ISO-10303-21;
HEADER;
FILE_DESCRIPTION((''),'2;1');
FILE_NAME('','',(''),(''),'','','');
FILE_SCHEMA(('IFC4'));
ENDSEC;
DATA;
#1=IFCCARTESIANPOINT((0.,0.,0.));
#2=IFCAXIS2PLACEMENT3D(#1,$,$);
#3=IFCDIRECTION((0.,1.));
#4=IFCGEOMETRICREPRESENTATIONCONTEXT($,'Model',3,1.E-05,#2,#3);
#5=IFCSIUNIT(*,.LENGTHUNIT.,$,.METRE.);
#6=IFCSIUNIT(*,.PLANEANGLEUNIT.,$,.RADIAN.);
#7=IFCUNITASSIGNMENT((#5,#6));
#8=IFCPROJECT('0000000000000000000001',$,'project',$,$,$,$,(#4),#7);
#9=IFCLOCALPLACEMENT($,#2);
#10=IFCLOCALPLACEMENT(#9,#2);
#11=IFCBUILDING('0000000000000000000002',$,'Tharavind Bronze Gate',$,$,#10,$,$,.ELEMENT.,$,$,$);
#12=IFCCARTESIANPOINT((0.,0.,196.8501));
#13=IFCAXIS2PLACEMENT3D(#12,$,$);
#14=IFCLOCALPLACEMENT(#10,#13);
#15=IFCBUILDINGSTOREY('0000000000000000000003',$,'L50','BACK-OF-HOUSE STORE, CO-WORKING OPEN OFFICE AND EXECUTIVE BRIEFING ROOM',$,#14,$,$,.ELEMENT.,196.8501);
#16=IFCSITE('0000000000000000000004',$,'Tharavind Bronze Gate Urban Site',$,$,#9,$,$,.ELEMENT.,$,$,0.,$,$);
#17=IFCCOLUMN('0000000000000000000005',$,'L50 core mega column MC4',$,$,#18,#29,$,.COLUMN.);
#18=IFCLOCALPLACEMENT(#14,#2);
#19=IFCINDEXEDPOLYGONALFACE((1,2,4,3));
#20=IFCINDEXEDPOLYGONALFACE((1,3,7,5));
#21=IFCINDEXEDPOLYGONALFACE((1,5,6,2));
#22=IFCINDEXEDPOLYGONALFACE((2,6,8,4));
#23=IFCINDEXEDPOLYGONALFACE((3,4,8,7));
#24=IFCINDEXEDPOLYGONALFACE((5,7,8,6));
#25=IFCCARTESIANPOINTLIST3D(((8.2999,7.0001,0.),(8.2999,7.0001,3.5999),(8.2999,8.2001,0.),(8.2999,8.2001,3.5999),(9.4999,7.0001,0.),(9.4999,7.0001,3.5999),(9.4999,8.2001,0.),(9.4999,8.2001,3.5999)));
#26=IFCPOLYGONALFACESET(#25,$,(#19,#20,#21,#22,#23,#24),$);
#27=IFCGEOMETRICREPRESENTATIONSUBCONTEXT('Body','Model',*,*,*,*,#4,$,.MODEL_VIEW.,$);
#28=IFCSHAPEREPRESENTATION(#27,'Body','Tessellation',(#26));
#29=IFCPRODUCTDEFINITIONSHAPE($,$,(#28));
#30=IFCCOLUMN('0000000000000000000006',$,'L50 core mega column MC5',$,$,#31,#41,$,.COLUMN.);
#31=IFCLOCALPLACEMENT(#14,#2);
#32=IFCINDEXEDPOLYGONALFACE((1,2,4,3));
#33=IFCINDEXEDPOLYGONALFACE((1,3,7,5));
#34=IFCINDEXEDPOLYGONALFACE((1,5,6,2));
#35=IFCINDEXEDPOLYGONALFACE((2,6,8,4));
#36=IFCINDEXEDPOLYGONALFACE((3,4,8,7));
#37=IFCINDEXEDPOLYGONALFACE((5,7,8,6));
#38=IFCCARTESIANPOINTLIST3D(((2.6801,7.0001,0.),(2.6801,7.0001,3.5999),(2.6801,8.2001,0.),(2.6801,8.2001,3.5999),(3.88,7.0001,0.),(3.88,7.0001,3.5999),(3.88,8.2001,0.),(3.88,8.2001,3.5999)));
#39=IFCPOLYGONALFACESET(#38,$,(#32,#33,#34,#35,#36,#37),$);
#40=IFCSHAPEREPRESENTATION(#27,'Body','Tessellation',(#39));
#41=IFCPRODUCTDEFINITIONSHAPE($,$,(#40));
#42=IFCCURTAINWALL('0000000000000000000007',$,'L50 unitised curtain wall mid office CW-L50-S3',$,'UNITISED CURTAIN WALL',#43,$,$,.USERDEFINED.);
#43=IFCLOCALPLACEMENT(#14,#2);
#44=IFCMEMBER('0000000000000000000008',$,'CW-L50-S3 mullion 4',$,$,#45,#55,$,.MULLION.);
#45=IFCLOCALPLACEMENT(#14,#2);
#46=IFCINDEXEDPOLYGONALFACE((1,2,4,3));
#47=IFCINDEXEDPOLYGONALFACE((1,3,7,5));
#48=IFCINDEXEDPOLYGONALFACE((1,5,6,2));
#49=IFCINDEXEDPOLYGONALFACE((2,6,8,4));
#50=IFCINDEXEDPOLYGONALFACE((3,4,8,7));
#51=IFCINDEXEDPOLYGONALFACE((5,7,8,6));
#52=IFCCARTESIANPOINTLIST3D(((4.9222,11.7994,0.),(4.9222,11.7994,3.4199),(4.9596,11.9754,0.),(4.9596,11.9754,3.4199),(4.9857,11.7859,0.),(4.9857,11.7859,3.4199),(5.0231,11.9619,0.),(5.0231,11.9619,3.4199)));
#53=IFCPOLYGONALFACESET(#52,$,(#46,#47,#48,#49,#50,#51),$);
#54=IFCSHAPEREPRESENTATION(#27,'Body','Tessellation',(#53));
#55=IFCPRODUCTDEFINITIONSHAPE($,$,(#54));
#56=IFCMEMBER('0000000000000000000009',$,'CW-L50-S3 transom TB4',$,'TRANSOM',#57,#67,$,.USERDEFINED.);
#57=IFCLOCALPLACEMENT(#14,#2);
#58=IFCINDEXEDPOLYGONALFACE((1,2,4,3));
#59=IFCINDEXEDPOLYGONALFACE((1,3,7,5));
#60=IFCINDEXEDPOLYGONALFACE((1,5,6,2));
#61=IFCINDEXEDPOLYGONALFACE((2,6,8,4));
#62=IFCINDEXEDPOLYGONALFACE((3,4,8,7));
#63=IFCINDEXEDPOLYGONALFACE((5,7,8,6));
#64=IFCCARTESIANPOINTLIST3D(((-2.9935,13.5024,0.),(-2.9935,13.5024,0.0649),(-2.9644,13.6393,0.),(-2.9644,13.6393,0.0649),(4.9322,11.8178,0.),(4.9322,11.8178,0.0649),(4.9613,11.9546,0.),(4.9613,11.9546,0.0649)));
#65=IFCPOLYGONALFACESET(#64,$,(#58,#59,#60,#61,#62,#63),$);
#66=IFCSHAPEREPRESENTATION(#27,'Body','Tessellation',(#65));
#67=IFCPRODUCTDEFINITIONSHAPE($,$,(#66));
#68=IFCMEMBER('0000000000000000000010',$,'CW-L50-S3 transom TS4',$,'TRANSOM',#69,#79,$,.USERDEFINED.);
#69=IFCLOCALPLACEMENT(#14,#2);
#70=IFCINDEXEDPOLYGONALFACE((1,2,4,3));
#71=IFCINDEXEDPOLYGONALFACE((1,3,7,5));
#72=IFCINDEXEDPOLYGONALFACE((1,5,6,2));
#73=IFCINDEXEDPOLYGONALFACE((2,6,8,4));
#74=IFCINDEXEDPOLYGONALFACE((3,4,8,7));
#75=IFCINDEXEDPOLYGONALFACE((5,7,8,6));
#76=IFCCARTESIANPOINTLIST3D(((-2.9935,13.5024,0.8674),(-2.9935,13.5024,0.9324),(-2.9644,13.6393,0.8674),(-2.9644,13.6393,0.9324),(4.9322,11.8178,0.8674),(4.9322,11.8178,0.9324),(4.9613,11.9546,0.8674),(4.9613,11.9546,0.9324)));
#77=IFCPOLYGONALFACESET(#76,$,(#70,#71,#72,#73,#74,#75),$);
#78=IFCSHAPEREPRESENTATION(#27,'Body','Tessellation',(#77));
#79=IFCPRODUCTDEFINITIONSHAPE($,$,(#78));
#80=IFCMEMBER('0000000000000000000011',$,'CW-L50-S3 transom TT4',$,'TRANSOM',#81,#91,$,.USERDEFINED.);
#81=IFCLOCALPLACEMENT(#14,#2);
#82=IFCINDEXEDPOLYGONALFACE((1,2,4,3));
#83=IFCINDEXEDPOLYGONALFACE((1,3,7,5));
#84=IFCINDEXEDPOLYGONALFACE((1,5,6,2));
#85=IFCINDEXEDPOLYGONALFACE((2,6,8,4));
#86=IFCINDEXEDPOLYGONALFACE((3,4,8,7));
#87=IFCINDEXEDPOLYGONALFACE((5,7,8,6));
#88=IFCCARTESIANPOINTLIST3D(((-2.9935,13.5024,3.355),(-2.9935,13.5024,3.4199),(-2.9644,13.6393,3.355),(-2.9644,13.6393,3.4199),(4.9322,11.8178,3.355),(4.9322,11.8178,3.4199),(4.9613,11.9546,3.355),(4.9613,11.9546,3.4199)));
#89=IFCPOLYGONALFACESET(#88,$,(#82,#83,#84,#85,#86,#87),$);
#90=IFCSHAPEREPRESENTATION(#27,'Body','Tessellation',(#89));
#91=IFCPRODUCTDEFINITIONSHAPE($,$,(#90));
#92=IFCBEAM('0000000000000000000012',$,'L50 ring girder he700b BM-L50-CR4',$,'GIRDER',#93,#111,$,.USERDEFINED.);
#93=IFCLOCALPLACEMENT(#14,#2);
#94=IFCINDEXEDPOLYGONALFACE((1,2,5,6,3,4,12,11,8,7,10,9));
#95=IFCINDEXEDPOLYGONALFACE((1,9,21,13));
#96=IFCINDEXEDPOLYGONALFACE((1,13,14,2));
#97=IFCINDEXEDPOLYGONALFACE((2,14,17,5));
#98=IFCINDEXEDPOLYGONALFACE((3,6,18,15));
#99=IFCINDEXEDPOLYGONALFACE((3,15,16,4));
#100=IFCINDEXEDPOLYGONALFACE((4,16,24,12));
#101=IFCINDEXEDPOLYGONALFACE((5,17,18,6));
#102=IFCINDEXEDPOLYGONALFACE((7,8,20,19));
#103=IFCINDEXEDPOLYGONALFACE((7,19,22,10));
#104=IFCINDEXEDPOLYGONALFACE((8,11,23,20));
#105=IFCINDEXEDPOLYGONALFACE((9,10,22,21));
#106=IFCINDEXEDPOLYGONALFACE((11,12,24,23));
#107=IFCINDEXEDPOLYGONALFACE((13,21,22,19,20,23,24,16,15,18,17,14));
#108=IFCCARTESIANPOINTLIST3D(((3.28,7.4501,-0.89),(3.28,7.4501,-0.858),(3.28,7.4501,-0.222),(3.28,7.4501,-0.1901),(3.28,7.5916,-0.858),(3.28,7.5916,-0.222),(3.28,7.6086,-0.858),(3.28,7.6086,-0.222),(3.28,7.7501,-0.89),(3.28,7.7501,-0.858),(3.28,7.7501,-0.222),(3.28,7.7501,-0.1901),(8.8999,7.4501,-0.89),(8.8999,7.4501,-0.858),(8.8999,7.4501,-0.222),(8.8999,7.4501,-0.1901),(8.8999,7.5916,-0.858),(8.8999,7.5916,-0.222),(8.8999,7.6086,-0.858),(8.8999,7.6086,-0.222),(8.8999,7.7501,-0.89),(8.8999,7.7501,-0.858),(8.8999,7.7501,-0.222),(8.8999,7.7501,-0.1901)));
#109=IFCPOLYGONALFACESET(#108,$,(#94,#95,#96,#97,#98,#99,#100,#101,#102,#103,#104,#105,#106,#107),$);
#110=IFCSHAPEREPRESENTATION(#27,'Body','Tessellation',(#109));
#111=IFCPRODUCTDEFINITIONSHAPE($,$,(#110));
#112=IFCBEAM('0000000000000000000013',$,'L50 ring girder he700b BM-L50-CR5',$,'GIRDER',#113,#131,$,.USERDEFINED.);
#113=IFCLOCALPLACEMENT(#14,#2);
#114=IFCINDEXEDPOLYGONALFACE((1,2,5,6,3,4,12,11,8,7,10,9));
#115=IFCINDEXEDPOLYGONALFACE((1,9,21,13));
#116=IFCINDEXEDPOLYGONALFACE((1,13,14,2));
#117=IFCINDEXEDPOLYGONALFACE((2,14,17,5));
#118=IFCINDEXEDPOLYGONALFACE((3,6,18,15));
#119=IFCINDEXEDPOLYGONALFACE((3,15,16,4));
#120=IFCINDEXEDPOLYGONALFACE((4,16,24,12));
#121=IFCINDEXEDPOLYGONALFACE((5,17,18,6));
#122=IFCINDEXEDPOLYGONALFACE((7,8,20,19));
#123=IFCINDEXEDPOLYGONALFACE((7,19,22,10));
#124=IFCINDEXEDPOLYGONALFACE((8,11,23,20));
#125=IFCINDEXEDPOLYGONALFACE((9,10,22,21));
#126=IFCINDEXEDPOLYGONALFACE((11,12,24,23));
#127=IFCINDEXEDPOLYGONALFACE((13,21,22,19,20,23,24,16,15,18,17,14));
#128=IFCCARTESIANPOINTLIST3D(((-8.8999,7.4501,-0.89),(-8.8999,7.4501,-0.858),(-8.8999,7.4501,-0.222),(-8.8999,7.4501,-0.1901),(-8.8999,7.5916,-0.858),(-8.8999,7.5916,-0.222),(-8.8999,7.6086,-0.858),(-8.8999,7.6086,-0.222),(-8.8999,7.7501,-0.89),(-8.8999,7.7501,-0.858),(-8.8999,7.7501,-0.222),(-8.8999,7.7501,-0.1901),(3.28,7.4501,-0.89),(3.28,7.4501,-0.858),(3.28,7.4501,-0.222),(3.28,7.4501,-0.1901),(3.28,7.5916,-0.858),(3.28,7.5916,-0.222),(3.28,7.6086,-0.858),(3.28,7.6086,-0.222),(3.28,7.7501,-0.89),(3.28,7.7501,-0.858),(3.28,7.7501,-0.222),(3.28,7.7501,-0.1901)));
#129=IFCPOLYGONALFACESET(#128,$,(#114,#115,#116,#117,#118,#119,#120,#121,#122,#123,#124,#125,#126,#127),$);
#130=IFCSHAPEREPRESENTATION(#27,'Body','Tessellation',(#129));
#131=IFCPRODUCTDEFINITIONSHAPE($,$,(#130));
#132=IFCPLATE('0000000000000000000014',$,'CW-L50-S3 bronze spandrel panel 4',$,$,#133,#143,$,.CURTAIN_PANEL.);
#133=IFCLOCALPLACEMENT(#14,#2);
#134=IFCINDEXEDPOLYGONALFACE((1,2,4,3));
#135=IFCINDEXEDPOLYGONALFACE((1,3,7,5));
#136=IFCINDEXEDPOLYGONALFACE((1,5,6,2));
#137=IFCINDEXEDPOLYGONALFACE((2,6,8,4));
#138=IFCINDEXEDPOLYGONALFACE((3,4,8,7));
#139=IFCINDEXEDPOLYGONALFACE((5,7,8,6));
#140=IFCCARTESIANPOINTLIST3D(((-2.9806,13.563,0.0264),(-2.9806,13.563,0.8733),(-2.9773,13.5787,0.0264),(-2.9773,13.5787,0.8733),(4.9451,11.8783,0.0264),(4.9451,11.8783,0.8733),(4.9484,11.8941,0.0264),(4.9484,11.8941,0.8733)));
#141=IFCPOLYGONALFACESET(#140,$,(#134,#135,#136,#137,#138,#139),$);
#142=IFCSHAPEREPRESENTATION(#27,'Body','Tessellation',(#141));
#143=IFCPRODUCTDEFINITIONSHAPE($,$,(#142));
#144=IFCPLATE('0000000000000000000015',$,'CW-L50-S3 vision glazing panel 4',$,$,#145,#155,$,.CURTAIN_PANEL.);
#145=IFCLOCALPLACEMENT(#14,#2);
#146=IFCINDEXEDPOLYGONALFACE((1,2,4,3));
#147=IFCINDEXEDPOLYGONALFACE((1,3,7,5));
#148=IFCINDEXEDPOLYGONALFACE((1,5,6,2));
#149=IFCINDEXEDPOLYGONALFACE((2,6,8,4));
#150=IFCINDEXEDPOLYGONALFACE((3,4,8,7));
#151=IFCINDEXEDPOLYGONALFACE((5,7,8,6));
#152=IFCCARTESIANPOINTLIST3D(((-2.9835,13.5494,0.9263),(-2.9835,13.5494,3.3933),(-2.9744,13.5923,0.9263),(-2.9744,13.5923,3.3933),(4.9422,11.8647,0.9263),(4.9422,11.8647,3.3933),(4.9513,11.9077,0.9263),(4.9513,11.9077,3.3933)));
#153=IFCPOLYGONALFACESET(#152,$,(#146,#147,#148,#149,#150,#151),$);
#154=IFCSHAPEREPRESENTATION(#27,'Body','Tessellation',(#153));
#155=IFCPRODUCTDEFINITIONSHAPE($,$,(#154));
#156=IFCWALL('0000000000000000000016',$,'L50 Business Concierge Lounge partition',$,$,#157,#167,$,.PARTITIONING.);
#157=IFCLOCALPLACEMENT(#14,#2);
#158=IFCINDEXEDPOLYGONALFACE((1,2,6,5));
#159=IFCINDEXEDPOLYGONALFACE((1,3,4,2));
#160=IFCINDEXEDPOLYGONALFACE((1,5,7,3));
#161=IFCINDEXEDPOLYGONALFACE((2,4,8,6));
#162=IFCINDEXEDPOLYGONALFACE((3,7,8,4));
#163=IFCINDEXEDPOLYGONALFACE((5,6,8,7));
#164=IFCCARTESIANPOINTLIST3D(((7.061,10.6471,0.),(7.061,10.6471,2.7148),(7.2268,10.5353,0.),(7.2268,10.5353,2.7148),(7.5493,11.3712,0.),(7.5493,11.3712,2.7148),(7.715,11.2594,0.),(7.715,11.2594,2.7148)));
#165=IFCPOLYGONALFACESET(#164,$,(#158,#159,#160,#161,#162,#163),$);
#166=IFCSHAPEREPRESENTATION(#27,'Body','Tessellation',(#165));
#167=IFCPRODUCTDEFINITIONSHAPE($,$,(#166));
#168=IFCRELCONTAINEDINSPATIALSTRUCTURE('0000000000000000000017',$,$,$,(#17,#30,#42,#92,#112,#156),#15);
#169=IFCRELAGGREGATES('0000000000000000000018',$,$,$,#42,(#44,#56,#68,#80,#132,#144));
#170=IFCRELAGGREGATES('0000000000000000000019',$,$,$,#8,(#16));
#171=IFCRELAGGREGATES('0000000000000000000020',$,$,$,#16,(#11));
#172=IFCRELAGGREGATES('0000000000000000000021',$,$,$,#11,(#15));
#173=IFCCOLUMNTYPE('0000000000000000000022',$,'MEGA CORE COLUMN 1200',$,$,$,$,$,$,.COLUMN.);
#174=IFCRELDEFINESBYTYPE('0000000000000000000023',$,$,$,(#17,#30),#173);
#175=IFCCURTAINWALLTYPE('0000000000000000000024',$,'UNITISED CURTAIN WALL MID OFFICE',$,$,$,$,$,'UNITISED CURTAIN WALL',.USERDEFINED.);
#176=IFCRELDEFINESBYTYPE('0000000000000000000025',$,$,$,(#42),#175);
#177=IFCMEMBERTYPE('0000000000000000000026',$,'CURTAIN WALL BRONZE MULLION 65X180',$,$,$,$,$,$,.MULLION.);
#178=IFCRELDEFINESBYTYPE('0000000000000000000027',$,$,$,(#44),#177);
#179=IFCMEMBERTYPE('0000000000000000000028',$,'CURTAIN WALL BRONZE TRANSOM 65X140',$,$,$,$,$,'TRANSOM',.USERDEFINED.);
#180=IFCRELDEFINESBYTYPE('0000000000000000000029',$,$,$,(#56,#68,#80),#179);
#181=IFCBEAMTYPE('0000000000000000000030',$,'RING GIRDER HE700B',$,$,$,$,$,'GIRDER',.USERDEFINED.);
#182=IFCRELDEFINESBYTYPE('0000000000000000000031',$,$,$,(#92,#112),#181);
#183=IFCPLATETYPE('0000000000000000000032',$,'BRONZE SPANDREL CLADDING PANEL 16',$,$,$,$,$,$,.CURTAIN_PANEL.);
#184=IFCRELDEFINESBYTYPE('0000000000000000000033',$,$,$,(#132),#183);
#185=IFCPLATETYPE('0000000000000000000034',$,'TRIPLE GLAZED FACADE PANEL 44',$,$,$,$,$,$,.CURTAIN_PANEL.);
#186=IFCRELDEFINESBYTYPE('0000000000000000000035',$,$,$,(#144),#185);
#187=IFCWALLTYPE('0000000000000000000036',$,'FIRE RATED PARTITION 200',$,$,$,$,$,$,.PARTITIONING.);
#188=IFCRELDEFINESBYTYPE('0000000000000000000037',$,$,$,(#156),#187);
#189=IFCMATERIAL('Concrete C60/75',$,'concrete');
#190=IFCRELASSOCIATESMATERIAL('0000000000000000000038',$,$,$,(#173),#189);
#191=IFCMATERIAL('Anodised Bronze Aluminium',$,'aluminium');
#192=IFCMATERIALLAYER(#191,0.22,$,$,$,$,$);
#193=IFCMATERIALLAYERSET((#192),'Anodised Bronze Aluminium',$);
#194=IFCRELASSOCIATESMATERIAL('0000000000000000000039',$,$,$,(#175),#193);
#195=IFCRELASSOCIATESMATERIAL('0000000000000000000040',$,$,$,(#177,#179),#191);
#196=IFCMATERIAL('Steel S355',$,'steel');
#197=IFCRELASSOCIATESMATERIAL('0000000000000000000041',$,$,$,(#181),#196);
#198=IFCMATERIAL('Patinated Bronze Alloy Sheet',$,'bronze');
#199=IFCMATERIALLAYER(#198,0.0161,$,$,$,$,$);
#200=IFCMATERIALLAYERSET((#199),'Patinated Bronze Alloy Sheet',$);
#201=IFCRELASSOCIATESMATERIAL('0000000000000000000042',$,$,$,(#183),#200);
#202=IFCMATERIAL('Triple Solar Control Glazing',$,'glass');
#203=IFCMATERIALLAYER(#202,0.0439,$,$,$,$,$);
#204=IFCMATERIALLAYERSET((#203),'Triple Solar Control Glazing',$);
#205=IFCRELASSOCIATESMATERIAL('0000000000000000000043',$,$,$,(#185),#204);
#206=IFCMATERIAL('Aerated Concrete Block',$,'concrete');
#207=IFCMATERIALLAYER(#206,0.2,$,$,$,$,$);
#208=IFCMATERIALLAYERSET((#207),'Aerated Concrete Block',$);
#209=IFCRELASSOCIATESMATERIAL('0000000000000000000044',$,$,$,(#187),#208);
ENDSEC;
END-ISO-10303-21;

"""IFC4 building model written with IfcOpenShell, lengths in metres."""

from ifc_helpers import new_model, si_unit, direction, frame, frame_2d, origin, origin_2d, place, context, subcontext, project, spatial, rectangle, i_section, extrude, material, layer, layer_set, material_profile, profile_set, type_object, element, aggregate, save


model = new_model("IFC4")

# Units and contexts
model_context = context("Model", 3, precision=1e-05, world=origin(), true_north=direction((0.0, 1.0)))
body_context = subcontext(model_context, "Body", "Model", "MODEL_VIEW")
ifc_project = project(units=[si_unit("LENGTHUNIT", "METRE"), si_unit("PLANEANGLEUNIT", "RADIAN")], contexts=[model_context])

# Site, building, storey
site_placement = place(None, origin())
site = spatial("IfcSite", under=ifc_project, at=site_placement, Name="Tharavind Bronze Gate Urban Site", CompositionType="ELEMENT", RefElevation=0.0)
building_placement = place(site_placement, origin())
building = spatial("IfcBuilding", under=site, at=building_placement, Name="Tharavind Bronze Gate", CompositionType="ELEMENT")
storey_placement = place(building_placement, frame((0.0, 0.0, 196.8501)))
storey = spatial("IfcBuildingStorey", under=building, at=storey_placement, Name="L50", Description="BACK-OF-HOUSE STORE, CO-WORKING OPEN OFFICE AND EXECUTIVE BRIEFING ROOM", CompositionType="ELEMENT", Elevation=196.8501)

# Columns
ifc_material_1 = material(Name="Concrete C60/75", Category="concrete")
ifc_material_profile_1 = material_profile(ifc_material_1, rectangle(XDim=1.2, YDim=1.2, at=origin_2d()), Name="RCCOL1200")
ifc_profile_set_1 = profile_set([ifc_material_profile_1], Name="Concrete C60/75")
column_type = type_object("IfcColumnType", Name="MEGA CORE COLUMN 1200", PredefinedType="COLUMN", material=ifc_profile_set_1)
for number, where, z_axis, x_axis, name in (
    (1, (8.8999, 7.6001, 0.0), (0.0, 0.0, 1.0), (1.0, 0.0, 0.0), "L50 core mega column MC4"),
    (2, (3.28, 7.6001, 0.0), (0.0, 0.0, 1.0), (1.0, 0.0, 0.0), "L50 core mega column MC5"),
):
    element("IfcColumn", number, at=place(storey_placement, frame(where, z_axis=z_axis, x_axis=x_axis)), inside=storey, type_object=column_type, Name=name, PredefinedType="COLUMN", context=body_context, shape_type="SweptSolid", body=[
        extrude(rectangle(XDim=1.2, YDim=1.2, at=origin_2d()), origin(), (0.0, 0.0, 1.0), 3.5999),
    ])

# Curtain wall, members
ifc_material_2 = material(Name="Anodised Bronze Aluminium", Category="aluminium")
ifc_layer_1 = layer(ifc_material_2, 0.22)
ifc_layer_set_1 = layer_set([ifc_layer_1], Name="Anodised Bronze Aluminium")
curtain_wall_type = type_object("IfcCurtainWallType", Name="UNITISED CURTAIN WALL MID OFFICE", ElementType="UNITISED CURTAIN WALL", PredefinedType="USERDEFINED", material=ifc_layer_set_1)
curtain_wall_placement = place(storey_placement, origin())
curtain_wall = element("IfcCurtainWall", 3, at=curtain_wall_placement, inside=storey, type_object=curtain_wall_type, Name="L50 unitised curtain wall mid office CW-L50-S3", ObjectType="UNITISED CURTAIN WALL", PredefinedType="USERDEFINED")
member_type_1 = type_object("IfcMemberType", Name="CURTAIN WALL BRONZE MULLION 65X180", PredefinedType="MULLION", material=ifc_material_2)
member_1_placement = place(storey_placement, frame((4.9727, 11.8806, 0.0), z_axis=(0.0, 0.0, 1.0), x_axis=(-0.978148, 0.207912, 0.0)))
member_1 = element("IfcMember", 4, at=member_1_placement, type_object=member_type_1, Name="CW-L50-S3 mullion 4", PredefinedType="MULLION", context=body_context, shape_type="SweptSolid", body=[
    extrude(rectangle(XDim=0.0649, YDim=0.1799, at=origin_2d()), origin(), (0.0, 0.0, 1.0), 3.4199),
])
member_type_2 = type_object("IfcMemberType", Name="CURTAIN WALL BRONZE TRANSOM 65X140", ElementType="TRANSOM", PredefinedType="USERDEFINED", material=ifc_material_2)
member_2_placement = place(storey_placement, frame((0.9839, 12.7285, 0.0), z_axis=(0.0, 0.0, 1.0), x_axis=(-0.978148, 0.207912, 0.0)))
member_2 = element("IfcMember", 5, at=member_2_placement, type_object=member_type_2, Name="CW-L50-S3 transom TB4", ObjectType="TRANSOM", PredefinedType="USERDEFINED", context=body_context, shape_type="SweptSolid", body=[
    extrude(rectangle(XDim=8.1028, YDim=0.1399, at=origin_2d()), origin(), (0.0, 0.0, 1.0), 0.0649),
])
member_3_placement = place(storey_placement, frame((0.9839, 12.7285, 0.8674), z_axis=(0.0, 0.0, 1.0), x_axis=(-0.978148, 0.207912, 0.0)))
member_3 = element("IfcMember", 6, at=member_3_placement, type_object=member_type_2, Name="CW-L50-S3 transom TS4", ObjectType="TRANSOM", PredefinedType="USERDEFINED", context=body_context, shape_type="SweptSolid", body=[
    extrude(rectangle(XDim=8.1028, YDim=0.1399, at=origin_2d()), origin(), (0.0, 0.0, 1.0), 0.0649),
])
member_4_placement = place(storey_placement, frame((0.9839, 12.7285, 3.355), z_axis=(0.0, 0.0, 1.0), x_axis=(-0.978148, 0.207912, 0.0)))
member_4 = element("IfcMember", 7, at=member_4_placement, type_object=member_type_2, Name="CW-L50-S3 transom TT4", ObjectType="TRANSOM", PredefinedType="USERDEFINED", context=body_context, shape_type="SweptSolid", body=[
    extrude(rectangle(XDim=8.1028, YDim=0.1399, at=origin_2d()), origin(), (0.0, 0.0, 1.0), 0.0649),
])

# Beams
ifc_material_3 = material(Name="Steel S355", Category="steel")
ifc_material_profile_2 = material_profile(ifc_material_3, i_section(OverallWidth=0.3, OverallDepth=0.7, WebThickness=0.0171, FlangeThickness=0.032, at=origin_2d()), Name="HE700B")
ifc_profile_set_2 = profile_set([ifc_material_profile_2], Name="Steel S355")
beam_type = type_object("IfcBeamType", Name="RING GIRDER HE700B", ElementType="GIRDER", PredefinedType="USERDEFINED", material=ifc_profile_set_2)
beam_1_placement = place(storey_placement, frame((8.8999, 7.6001, -0.54), z_axis=(-1.0, 0.0, 0.0), x_axis=(0.0, -1.0, 0.0)))
element("IfcBeam", 8, at=beam_1_placement, inside=storey, type_object=beam_type, Name="L50 ring girder he700b BM-L50-CR4", ObjectType="GIRDER", PredefinedType="USERDEFINED", context=body_context, shape_type="SweptSolid", body=[
    extrude(i_section(OverallWidth=0.3, OverallDepth=0.7, WebThickness=0.0171, FlangeThickness=0.032, at=origin_2d()), origin(), (0.0, 0.0, 1.0), 5.6199),
])
beam_2_placement = place(storey_placement, frame((3.28, 7.6001, -0.54), z_axis=(-1.0, 0.0, 0.0), x_axis=(0.0, -1.0, 0.0)))
element("IfcBeam", 9, at=beam_2_placement, inside=storey, type_object=beam_type, Name="L50 ring girder he700b BM-L50-CR5", ObjectType="GIRDER", PredefinedType="USERDEFINED", context=body_context, shape_type="SweptSolid", body=[
    extrude(i_section(OverallWidth=0.3, OverallDepth=0.7, WebThickness=0.0171, FlangeThickness=0.032, at=origin_2d()), origin(), (0.0, 0.0, 1.0), 12.1799),
])

# Plates
ifc_material_4 = material(Name="Patinated Bronze Alloy Sheet", Category="bronze")
ifc_layer_2 = layer(ifc_material_4, 0.0161)
ifc_layer_set_2 = layer_set([ifc_layer_2], Name="Patinated Bronze Alloy Sheet")
plate_type_1 = type_object("IfcPlateType", Name="BRONZE SPANDREL CLADDING PANEL 16", PredefinedType="CURTAIN_PANEL", material=ifc_layer_set_2)
plate_1_placement = place(storey_placement, frame((0.9839, 12.7285, 0.0264), z_axis=(0.0, 0.0, 1.0), x_axis=(-0.978148, 0.207912, 0.0)))
plate_1 = element("IfcPlate", 10, at=plate_1_placement, type_object=plate_type_1, Name="CW-L50-S3 bronze spandrel panel 4", PredefinedType="CURTAIN_PANEL", context=body_context, shape_type="SweptSolid", body=[
    extrude(rectangle(XDim=8.1028, YDim=0.0161, at=origin_2d()), origin(), (0.0, 0.0, 1.0), 0.8469),
])
ifc_material_5 = material(Name="Triple Solar Control Glazing", Category="glass")
ifc_layer_3 = layer(ifc_material_5, 0.0439)
ifc_layer_set_3 = layer_set([ifc_layer_3], Name="Triple Solar Control Glazing")
plate_type_2 = type_object("IfcPlateType", Name="TRIPLE GLAZED FACADE PANEL 44", PredefinedType="CURTAIN_PANEL", material=ifc_layer_set_3)
plate_2_placement = place(storey_placement, frame((0.9839, 12.7285, 0.9263), z_axis=(0.0, 0.0, 1.0), x_axis=(-0.978148, 0.207912, 0.0)))
plate_2 = element("IfcPlate", 11, at=plate_2_placement, type_object=plate_type_2, Name="CW-L50-S3 vision glazing panel 4", PredefinedType="CURTAIN_PANEL", context=body_context, shape_type="SweptSolid", body=[
    extrude(rectangle(XDim=8.1028, YDim=0.0439, at=origin_2d()), origin(), (0.0, 0.0, 1.0), 2.467),
])
aggregate(curtain_wall, [member_1, member_2, member_3, member_4, plate_1, plate_2])

# Wall
ifc_material_6 = material(Name="Aerated Concrete Block", Category="concrete")
ifc_layer_4 = layer(ifc_material_6, 0.2)
ifc_layer_set_4 = layer_set([ifc_layer_4], Name="Aerated Concrete Block")
wall_type_1 = type_object("IfcWallType", Name="FIRE RATED PARTITION 200", PredefinedType="PARTITIONING", material=ifc_layer_set_4)
wall_1_placement = place(storey_placement, frame((7.6321, 11.3152, 0.0), z_axis=(0.0, 0.0, 1.0), x_axis=(-0.559079, -0.829114, 0.0)))
element("IfcWall", 12, at=wall_1_placement, inside=storey, type_object=wall_type_1, Name="L50 Business Concierge Lounge partition", PredefinedType="PARTITIONING", context=body_context, shape_type="SweptSolid", body=[
    extrude(rectangle(XDim=0.8733, YDim=0.2, at=frame_2d((0.4365, 0.0))), origin(), (0.0, 0.0, 1.0), 2.7148),
])

save(model, "model.ifc")
